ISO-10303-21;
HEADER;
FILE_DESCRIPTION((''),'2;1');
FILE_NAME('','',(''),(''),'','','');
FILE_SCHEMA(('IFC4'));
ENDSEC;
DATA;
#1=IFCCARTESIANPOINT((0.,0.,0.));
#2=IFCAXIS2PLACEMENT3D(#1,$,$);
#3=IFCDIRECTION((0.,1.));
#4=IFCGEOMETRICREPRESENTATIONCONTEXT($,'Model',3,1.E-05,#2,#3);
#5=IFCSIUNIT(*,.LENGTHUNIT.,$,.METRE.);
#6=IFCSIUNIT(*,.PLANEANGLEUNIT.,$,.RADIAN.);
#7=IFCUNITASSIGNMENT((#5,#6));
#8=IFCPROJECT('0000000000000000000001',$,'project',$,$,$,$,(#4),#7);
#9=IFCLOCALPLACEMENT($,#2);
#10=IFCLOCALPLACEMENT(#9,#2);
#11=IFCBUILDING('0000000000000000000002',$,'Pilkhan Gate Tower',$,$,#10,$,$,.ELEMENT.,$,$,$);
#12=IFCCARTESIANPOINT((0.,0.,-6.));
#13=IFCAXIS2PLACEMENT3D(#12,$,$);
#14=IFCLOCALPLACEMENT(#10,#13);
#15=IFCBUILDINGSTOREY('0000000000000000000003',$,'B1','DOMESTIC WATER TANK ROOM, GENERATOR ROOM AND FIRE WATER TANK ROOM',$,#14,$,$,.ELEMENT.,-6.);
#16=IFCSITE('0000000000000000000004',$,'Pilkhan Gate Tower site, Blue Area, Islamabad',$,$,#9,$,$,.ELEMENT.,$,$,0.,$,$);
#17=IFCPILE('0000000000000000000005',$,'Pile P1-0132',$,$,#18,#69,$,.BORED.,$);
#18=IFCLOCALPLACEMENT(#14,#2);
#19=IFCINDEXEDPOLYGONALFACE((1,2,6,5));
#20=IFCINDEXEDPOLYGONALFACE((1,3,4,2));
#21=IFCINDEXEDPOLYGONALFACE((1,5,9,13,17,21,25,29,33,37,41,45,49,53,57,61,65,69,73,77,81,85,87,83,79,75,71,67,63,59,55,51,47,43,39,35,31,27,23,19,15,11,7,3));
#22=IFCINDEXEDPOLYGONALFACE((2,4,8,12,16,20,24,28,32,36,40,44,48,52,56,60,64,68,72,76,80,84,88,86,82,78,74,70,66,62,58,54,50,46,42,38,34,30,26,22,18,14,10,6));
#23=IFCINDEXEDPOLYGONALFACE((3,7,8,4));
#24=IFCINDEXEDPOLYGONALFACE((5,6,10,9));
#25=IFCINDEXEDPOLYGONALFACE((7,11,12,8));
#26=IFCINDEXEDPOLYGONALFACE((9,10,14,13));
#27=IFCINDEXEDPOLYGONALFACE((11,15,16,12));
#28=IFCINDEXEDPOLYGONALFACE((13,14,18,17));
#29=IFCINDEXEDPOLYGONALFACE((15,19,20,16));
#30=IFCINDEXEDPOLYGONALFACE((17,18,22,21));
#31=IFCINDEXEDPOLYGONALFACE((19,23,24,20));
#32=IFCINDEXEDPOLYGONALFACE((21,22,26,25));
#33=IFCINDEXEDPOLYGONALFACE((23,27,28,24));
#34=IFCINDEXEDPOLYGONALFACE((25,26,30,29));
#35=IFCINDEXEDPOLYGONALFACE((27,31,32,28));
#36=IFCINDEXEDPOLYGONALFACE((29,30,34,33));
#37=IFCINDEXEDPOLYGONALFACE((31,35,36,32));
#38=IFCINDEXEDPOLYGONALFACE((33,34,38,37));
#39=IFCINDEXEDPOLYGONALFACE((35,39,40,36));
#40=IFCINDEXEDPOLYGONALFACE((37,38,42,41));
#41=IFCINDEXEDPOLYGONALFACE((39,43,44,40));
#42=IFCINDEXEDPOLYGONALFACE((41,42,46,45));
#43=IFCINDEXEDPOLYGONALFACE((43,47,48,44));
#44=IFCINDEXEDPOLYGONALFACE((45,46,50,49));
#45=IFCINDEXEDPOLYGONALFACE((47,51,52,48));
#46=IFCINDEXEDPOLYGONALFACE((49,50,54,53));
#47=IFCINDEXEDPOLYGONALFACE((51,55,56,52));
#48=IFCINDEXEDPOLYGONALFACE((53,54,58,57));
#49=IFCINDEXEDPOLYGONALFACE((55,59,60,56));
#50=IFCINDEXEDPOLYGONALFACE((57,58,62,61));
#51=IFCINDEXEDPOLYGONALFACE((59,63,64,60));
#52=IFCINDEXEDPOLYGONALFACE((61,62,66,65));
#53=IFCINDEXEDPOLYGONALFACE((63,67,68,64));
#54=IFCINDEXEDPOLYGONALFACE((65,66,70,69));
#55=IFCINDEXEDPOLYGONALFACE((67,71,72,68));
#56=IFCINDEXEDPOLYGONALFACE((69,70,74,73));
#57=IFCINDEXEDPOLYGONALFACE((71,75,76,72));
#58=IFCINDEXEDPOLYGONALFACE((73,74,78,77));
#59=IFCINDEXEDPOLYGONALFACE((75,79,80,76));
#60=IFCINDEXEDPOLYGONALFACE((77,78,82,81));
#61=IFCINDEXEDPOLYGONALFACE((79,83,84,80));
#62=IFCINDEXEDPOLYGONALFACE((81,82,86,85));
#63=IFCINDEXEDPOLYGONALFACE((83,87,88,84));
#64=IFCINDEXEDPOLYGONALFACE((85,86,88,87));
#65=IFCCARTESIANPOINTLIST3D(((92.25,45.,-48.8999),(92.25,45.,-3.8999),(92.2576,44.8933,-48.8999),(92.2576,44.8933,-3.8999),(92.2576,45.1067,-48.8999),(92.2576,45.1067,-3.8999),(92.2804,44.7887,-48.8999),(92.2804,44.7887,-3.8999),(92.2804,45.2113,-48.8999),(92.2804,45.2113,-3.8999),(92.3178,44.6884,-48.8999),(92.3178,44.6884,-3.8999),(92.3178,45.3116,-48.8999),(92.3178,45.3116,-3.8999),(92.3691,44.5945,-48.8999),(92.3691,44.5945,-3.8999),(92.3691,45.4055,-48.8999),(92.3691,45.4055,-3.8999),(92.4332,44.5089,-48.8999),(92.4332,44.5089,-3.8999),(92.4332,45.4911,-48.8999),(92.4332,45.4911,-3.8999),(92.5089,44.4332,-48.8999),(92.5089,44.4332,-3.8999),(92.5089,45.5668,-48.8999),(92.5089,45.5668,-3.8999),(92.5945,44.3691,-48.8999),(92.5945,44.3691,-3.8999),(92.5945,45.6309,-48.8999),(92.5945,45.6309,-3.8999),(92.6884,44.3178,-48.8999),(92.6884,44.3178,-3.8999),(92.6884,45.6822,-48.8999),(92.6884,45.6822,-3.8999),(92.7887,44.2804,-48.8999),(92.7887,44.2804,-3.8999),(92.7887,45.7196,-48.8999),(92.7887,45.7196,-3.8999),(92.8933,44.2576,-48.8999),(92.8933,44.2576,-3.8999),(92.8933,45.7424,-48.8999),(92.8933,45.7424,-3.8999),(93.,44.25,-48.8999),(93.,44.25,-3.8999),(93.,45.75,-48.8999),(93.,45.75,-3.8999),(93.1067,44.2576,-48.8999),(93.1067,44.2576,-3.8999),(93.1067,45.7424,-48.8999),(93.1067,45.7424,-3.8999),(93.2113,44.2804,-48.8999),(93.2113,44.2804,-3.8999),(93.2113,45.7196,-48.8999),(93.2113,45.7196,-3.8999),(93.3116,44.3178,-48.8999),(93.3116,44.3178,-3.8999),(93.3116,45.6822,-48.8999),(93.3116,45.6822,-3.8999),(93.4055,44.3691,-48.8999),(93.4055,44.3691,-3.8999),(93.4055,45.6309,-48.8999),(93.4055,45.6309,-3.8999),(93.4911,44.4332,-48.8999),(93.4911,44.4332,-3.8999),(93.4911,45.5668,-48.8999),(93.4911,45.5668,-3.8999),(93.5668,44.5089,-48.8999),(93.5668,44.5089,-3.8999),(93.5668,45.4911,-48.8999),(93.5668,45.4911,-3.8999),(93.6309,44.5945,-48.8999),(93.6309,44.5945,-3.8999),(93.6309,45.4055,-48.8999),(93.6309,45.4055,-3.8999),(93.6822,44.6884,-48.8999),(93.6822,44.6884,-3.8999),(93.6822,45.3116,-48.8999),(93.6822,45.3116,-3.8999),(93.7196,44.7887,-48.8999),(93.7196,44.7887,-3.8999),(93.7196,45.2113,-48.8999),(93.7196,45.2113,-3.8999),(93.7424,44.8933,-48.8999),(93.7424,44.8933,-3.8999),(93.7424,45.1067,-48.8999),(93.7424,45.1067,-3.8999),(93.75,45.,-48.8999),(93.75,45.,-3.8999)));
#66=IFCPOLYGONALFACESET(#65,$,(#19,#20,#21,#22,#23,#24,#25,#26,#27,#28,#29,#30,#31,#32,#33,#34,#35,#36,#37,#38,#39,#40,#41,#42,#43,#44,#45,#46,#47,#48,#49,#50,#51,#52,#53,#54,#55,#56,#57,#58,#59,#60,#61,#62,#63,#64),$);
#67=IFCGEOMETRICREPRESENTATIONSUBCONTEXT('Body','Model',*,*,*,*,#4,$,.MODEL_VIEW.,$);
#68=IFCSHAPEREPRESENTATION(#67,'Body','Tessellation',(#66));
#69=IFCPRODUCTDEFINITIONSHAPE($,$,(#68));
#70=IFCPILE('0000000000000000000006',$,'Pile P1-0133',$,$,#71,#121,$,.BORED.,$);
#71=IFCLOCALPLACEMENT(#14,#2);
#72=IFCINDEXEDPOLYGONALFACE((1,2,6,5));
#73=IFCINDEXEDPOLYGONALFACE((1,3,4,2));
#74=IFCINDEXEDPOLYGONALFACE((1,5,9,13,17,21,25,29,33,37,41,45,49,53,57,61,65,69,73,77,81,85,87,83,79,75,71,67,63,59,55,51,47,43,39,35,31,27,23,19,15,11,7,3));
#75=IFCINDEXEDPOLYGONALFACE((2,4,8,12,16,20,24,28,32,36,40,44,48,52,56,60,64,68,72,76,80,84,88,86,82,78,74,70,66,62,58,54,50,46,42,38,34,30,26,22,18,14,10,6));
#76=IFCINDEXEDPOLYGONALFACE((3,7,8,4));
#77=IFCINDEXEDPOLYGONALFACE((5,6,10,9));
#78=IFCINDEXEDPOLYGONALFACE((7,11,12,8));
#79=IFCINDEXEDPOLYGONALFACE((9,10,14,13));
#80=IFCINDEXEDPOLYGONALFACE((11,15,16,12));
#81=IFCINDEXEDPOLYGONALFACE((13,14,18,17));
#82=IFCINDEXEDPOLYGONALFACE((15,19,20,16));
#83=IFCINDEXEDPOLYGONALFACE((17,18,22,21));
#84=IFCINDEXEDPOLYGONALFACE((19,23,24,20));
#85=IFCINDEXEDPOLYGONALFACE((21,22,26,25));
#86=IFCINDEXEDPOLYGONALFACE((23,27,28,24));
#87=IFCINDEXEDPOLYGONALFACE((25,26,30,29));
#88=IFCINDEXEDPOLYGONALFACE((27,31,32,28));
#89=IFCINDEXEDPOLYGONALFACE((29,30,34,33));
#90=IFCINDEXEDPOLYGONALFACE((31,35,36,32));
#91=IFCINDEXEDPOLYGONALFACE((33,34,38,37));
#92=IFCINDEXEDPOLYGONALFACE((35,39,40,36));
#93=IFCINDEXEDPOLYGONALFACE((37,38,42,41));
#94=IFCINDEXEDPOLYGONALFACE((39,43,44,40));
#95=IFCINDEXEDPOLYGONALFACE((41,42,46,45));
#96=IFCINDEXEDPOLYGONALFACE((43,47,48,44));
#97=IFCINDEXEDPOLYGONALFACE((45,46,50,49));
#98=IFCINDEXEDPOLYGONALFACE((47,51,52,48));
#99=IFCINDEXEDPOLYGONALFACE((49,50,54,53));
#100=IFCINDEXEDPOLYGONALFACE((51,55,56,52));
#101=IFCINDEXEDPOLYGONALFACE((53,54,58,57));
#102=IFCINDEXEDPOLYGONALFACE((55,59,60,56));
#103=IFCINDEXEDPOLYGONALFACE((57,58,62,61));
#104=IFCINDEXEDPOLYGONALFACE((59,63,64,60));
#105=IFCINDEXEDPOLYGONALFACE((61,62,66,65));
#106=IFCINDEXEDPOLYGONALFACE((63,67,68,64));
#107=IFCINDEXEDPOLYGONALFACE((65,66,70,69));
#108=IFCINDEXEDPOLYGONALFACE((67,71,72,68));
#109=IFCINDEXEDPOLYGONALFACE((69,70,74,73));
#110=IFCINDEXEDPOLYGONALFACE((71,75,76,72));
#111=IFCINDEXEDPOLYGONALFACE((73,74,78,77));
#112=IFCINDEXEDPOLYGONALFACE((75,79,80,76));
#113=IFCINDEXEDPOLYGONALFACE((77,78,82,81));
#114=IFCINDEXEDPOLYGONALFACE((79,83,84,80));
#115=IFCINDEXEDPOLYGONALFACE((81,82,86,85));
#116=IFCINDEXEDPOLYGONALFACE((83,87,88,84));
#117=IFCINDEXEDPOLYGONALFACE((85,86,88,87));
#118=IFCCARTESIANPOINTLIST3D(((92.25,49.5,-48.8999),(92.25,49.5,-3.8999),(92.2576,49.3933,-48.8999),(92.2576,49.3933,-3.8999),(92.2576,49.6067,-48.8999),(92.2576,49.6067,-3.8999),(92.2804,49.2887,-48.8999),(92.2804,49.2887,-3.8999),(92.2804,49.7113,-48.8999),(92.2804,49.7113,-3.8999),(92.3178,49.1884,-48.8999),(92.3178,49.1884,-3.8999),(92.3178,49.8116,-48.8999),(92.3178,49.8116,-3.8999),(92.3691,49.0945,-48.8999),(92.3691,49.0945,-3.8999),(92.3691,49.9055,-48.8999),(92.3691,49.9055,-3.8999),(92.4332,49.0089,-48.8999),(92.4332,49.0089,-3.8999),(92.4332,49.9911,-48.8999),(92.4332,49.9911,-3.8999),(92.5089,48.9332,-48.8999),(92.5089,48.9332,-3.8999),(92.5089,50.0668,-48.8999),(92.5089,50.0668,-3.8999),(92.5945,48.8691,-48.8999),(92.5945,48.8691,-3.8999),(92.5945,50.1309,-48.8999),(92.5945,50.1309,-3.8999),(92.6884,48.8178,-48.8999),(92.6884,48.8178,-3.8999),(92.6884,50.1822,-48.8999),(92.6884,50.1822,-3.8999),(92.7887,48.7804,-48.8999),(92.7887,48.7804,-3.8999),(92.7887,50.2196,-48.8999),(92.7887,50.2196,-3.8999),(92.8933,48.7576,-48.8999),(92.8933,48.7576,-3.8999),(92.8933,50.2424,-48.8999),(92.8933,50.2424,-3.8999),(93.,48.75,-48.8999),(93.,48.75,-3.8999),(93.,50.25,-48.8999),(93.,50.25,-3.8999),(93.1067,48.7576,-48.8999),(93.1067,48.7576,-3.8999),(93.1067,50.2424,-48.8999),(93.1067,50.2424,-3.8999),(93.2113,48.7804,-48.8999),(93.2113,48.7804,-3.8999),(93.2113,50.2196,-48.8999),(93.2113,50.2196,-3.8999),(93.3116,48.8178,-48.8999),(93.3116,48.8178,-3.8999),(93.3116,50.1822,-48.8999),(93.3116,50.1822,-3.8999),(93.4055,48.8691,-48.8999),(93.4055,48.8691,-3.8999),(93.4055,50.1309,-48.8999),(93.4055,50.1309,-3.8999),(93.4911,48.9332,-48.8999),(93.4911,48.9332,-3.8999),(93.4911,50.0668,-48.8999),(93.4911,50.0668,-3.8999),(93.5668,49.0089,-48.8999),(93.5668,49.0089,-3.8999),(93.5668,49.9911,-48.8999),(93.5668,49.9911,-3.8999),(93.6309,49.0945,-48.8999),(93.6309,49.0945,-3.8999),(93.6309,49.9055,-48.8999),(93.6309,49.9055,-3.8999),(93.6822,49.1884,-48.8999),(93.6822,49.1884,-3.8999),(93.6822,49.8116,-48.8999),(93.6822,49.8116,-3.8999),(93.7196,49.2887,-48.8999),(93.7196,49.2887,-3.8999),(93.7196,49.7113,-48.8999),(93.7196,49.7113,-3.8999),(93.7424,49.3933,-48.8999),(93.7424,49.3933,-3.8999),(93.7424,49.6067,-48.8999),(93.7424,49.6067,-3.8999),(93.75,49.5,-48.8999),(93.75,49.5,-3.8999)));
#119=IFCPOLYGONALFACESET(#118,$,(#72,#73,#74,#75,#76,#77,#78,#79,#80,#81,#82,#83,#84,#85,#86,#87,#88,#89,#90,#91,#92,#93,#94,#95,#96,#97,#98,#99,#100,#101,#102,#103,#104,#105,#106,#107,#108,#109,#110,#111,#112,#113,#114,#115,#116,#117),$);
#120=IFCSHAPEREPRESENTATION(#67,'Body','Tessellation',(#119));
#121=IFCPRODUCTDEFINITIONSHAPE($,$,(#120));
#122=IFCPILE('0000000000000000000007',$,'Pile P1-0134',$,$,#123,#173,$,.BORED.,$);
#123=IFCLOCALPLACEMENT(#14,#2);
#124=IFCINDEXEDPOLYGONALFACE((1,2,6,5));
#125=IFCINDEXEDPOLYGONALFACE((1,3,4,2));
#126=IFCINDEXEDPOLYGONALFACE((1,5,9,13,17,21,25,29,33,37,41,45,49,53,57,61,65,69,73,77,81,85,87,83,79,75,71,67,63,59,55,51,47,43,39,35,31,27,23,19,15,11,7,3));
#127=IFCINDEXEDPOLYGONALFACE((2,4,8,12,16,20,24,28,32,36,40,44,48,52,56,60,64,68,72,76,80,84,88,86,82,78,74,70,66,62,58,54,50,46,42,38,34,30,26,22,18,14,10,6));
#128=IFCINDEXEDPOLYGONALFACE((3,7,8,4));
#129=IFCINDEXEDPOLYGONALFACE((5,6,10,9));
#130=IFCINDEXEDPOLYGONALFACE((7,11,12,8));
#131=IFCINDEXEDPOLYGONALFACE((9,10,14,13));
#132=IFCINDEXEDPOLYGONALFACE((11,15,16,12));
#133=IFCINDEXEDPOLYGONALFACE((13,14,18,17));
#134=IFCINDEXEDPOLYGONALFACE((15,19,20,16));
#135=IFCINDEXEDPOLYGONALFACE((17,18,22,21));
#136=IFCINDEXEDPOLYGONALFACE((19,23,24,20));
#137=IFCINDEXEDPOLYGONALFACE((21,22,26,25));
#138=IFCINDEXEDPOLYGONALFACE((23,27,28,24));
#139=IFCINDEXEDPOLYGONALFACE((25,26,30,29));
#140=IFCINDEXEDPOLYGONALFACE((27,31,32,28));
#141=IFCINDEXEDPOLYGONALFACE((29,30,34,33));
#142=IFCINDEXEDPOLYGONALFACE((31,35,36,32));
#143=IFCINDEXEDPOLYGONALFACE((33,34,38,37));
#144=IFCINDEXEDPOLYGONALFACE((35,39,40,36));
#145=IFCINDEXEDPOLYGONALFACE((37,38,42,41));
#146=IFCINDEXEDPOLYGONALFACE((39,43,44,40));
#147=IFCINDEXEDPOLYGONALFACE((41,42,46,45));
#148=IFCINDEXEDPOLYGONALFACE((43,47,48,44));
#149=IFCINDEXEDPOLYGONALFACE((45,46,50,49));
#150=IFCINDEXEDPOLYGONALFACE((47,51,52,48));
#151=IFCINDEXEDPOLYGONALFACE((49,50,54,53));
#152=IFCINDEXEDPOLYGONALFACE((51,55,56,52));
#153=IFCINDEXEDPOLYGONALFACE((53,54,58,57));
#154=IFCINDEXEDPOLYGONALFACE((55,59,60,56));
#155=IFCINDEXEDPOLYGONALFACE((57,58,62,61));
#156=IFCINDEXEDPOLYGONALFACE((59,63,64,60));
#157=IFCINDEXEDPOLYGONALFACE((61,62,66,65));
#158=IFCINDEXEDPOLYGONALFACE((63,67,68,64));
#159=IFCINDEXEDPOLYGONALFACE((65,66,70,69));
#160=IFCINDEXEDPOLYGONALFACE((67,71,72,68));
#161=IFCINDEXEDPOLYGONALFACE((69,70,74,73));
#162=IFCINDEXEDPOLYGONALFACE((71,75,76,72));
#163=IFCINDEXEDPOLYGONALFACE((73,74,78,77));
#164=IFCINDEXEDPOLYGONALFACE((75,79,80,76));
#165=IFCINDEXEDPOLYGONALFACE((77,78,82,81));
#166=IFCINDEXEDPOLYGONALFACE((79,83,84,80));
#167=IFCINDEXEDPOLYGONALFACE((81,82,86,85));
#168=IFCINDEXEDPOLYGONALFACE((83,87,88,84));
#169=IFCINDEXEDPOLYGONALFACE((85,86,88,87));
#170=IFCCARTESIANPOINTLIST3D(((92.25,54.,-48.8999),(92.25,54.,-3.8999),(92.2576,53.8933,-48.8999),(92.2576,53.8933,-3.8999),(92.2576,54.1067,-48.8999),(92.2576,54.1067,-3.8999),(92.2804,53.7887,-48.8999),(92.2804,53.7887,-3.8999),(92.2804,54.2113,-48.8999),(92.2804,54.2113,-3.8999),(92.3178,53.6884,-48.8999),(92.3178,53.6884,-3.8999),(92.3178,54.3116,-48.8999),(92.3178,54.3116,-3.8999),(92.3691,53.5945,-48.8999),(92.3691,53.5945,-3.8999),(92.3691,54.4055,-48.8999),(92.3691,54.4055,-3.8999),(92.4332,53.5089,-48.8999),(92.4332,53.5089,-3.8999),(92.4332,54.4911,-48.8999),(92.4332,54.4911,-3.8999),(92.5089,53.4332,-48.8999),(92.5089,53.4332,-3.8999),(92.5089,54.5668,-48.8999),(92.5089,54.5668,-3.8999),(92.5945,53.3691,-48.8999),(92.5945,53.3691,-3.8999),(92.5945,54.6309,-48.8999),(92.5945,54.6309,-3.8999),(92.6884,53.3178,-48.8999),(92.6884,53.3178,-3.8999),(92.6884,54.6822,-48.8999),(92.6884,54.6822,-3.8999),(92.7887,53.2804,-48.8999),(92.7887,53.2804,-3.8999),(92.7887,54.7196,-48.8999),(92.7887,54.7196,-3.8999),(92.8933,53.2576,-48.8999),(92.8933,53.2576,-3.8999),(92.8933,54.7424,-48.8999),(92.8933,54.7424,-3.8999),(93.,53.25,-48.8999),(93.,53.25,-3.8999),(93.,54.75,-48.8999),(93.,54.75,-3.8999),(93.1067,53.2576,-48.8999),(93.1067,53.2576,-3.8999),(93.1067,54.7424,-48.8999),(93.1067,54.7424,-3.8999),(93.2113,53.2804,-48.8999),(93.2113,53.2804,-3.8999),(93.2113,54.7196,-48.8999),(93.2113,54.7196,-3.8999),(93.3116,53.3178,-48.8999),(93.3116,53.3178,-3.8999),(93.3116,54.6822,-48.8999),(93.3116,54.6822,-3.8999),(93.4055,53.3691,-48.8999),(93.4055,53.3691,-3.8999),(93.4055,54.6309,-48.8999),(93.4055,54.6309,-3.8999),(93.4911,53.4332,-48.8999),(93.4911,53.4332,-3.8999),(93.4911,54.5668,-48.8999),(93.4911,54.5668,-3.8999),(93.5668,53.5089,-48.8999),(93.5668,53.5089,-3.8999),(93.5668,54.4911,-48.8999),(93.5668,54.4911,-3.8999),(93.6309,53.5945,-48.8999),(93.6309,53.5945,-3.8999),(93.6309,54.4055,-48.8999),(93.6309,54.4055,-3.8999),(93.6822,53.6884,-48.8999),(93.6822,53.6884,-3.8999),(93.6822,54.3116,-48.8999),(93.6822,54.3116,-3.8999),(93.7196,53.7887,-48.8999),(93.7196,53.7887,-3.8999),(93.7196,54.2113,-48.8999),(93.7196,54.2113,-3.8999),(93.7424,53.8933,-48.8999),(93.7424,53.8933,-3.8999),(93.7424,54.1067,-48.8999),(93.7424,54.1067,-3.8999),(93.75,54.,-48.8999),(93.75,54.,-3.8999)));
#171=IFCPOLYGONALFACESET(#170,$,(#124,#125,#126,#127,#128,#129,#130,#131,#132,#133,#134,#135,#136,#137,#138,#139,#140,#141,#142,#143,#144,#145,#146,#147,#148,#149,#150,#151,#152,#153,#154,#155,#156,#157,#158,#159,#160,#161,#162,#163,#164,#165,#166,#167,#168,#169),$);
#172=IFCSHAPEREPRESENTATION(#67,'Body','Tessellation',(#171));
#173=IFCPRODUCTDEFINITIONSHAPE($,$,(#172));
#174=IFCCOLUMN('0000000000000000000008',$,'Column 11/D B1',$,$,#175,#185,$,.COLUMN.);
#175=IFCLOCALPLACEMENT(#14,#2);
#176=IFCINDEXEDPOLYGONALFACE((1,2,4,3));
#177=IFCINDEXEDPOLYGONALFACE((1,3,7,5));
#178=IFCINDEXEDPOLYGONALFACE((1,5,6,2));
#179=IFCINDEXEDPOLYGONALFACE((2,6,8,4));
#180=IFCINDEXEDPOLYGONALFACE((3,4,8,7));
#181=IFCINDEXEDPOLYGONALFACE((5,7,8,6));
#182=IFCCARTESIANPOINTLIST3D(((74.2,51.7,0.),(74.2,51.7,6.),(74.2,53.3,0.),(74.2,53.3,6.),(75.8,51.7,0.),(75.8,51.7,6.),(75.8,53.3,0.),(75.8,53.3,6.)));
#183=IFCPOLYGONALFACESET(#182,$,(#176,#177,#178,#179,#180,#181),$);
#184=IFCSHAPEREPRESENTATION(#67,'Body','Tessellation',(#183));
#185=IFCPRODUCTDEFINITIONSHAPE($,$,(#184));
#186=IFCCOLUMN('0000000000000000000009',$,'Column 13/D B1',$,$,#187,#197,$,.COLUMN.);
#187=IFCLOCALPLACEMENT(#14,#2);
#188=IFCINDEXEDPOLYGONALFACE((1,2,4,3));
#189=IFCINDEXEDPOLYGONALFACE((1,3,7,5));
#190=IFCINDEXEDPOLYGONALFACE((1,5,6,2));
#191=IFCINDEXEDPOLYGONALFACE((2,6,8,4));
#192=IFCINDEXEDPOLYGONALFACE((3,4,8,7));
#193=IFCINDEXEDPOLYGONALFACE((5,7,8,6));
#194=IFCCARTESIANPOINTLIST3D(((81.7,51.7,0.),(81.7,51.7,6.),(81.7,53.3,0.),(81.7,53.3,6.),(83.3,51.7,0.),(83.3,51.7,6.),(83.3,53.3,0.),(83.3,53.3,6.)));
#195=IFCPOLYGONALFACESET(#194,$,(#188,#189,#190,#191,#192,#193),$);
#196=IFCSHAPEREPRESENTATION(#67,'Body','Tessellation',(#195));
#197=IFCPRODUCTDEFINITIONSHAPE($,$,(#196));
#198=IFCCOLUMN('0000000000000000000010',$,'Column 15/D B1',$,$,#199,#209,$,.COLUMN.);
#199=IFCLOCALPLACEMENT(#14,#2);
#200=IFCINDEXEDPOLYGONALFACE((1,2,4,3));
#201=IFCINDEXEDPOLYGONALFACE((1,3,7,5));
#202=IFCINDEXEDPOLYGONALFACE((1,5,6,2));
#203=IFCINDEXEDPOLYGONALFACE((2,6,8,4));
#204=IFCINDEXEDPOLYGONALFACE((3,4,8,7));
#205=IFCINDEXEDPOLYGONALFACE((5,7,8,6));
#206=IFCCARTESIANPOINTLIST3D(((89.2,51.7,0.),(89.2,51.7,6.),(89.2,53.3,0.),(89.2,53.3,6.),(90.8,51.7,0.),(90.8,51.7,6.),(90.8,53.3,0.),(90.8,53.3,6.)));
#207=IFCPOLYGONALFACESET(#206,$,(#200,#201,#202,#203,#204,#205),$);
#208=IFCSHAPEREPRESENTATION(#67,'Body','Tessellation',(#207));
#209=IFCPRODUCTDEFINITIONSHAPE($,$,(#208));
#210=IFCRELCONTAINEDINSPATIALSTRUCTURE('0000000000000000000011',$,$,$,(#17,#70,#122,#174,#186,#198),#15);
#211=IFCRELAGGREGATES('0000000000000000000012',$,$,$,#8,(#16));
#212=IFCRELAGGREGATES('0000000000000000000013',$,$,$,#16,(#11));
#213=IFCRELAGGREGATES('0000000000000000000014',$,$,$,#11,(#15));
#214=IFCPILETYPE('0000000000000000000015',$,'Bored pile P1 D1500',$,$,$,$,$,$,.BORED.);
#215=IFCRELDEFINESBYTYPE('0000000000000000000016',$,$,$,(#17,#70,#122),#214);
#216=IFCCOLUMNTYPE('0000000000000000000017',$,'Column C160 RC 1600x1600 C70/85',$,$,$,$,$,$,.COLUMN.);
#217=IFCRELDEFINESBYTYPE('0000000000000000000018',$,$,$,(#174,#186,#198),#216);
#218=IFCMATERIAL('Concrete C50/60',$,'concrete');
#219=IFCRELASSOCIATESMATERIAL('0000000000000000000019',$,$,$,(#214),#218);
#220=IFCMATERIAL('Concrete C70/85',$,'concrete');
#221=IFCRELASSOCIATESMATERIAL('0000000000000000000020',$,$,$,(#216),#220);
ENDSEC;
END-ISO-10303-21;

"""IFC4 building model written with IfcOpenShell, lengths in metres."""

from ifc_helpers import new_model, si_unit, direction, frame, origin, origin_2d, place, context, subcontext, project, spatial, rectangle, circle, extrude, material, material_profile, profile_set, type_object, element, save


model = new_model("IFC4")

# Units and contexts
model_context = context("Model", 3, precision=1e-05, world=origin(), true_north=direction((0.0, 1.0)))
body_context = subcontext(model_context, "Body", "Model", "MODEL_VIEW")
ifc_project = project(units=[si_unit("LENGTHUNIT", "METRE"), si_unit("PLANEANGLEUNIT", "RADIAN")], contexts=[model_context])

# Site, building, storey
site_placement = place(None, origin())
site = spatial("IfcSite", under=ifc_project, at=site_placement, Name="Pilkhan Gate Tower site, Blue Area, Islamabad", CompositionType="ELEMENT", RefElevation=0.0)
building_placement = place(site_placement, origin())
building = spatial("IfcBuilding", under=site, at=building_placement, Name="Pilkhan Gate Tower", CompositionType="ELEMENT")
storey_placement = place(building_placement, frame((0.0, 0.0, -6.0)))
storey = spatial("IfcBuildingStorey", under=building, at=storey_placement, Name="B1", Description="DOMESTIC WATER TANK ROOM, GENERATOR ROOM AND FIRE WATER TANK ROOM", CompositionType="ELEMENT", Elevation=-6.0)

# Piles
ifc_material_1 = material(Name="Concrete C50/60", Category="concrete")
ifc_material_profile_1 = material_profile(ifc_material_1, circle(Radius=0.75, at=origin_2d()), Name="Bored pile 1500 dia")
ifc_profile_set_1 = profile_set([ifc_material_profile_1], Name="Concrete C50/60")
pile_type = type_object("IfcPileType", Name="Bored pile P1 D1500", PredefinedType="BORED", material=ifc_profile_set_1)
for number, where, z_axis, x_axis, name in (
    (1, (93.0, 45.0, -3.8999), (0.0, 0.0, -1.0), (1.0, 0.0, 0.0), "Pile P1-0132"),
    (2, (93.0, 49.5, -3.8999), (0.0, 0.0, -1.0), (1.0, 0.0, 0.0), "Pile P1-0133"),
    (3, (93.0, 54.0, -3.8999), (0.0, 0.0, -1.0), (1.0, 0.0, 0.0), "Pile P1-0134"),
):
    element("IfcPile", number, at=place(storey_placement, frame(where, z_axis=z_axis, x_axis=x_axis)), inside=storey, type_object=pile_type, Name=name, PredefinedType="BORED", context=body_context, shape_type="SweptSolid", body=[
        extrude(circle(Radius=0.75, at=origin_2d()), origin(), (0.0, 0.0, 1.0), 45.0),
    ])

# Columns
ifc_material_2 = material(Name="Concrete C70/85", Category="concrete")
ifc_material_profile_2 = material_profile(ifc_material_2, rectangle(XDim=1.6001, YDim=1.6001, at=origin_2d()), Name="RC 1600x1600")
ifc_profile_set_2 = profile_set([ifc_material_profile_2], Name="Concrete C70/85")
column_type = type_object("IfcColumnType", Name="Column C160 RC 1600x1600 C70/85", PredefinedType="COLUMN", material=ifc_profile_set_2)
for number, where, z_axis, x_axis, name in (
    (4, (75.0, 52.5, 0.0), (0.0, 0.0, 1.0), (1.0, 0.0, 0.0), "Column 11/D B1"),
    (5, (82.5, 52.5, 0.0), (0.0, 0.0, 1.0), (1.0, 0.0, 0.0), "Column 13/D B1"),
    (6, (90.0, 52.5, 0.0), (0.0, 0.0, 1.0), (1.0, 0.0, 0.0), "Column 15/D B1"),
):
    element("IfcColumn", number, at=place(storey_placement, frame(where, z_axis=z_axis, x_axis=x_axis)), inside=storey, type_object=column_type, Name=name, PredefinedType="COLUMN", context=body_context, shape_type="SweptSolid", body=[
        extrude(rectangle(XDim=1.6001, YDim=1.6001, at=origin_2d()), origin(), (0.0, 0.0, 1.0), 6.0),
    ])

save(model, "model.ifc")
